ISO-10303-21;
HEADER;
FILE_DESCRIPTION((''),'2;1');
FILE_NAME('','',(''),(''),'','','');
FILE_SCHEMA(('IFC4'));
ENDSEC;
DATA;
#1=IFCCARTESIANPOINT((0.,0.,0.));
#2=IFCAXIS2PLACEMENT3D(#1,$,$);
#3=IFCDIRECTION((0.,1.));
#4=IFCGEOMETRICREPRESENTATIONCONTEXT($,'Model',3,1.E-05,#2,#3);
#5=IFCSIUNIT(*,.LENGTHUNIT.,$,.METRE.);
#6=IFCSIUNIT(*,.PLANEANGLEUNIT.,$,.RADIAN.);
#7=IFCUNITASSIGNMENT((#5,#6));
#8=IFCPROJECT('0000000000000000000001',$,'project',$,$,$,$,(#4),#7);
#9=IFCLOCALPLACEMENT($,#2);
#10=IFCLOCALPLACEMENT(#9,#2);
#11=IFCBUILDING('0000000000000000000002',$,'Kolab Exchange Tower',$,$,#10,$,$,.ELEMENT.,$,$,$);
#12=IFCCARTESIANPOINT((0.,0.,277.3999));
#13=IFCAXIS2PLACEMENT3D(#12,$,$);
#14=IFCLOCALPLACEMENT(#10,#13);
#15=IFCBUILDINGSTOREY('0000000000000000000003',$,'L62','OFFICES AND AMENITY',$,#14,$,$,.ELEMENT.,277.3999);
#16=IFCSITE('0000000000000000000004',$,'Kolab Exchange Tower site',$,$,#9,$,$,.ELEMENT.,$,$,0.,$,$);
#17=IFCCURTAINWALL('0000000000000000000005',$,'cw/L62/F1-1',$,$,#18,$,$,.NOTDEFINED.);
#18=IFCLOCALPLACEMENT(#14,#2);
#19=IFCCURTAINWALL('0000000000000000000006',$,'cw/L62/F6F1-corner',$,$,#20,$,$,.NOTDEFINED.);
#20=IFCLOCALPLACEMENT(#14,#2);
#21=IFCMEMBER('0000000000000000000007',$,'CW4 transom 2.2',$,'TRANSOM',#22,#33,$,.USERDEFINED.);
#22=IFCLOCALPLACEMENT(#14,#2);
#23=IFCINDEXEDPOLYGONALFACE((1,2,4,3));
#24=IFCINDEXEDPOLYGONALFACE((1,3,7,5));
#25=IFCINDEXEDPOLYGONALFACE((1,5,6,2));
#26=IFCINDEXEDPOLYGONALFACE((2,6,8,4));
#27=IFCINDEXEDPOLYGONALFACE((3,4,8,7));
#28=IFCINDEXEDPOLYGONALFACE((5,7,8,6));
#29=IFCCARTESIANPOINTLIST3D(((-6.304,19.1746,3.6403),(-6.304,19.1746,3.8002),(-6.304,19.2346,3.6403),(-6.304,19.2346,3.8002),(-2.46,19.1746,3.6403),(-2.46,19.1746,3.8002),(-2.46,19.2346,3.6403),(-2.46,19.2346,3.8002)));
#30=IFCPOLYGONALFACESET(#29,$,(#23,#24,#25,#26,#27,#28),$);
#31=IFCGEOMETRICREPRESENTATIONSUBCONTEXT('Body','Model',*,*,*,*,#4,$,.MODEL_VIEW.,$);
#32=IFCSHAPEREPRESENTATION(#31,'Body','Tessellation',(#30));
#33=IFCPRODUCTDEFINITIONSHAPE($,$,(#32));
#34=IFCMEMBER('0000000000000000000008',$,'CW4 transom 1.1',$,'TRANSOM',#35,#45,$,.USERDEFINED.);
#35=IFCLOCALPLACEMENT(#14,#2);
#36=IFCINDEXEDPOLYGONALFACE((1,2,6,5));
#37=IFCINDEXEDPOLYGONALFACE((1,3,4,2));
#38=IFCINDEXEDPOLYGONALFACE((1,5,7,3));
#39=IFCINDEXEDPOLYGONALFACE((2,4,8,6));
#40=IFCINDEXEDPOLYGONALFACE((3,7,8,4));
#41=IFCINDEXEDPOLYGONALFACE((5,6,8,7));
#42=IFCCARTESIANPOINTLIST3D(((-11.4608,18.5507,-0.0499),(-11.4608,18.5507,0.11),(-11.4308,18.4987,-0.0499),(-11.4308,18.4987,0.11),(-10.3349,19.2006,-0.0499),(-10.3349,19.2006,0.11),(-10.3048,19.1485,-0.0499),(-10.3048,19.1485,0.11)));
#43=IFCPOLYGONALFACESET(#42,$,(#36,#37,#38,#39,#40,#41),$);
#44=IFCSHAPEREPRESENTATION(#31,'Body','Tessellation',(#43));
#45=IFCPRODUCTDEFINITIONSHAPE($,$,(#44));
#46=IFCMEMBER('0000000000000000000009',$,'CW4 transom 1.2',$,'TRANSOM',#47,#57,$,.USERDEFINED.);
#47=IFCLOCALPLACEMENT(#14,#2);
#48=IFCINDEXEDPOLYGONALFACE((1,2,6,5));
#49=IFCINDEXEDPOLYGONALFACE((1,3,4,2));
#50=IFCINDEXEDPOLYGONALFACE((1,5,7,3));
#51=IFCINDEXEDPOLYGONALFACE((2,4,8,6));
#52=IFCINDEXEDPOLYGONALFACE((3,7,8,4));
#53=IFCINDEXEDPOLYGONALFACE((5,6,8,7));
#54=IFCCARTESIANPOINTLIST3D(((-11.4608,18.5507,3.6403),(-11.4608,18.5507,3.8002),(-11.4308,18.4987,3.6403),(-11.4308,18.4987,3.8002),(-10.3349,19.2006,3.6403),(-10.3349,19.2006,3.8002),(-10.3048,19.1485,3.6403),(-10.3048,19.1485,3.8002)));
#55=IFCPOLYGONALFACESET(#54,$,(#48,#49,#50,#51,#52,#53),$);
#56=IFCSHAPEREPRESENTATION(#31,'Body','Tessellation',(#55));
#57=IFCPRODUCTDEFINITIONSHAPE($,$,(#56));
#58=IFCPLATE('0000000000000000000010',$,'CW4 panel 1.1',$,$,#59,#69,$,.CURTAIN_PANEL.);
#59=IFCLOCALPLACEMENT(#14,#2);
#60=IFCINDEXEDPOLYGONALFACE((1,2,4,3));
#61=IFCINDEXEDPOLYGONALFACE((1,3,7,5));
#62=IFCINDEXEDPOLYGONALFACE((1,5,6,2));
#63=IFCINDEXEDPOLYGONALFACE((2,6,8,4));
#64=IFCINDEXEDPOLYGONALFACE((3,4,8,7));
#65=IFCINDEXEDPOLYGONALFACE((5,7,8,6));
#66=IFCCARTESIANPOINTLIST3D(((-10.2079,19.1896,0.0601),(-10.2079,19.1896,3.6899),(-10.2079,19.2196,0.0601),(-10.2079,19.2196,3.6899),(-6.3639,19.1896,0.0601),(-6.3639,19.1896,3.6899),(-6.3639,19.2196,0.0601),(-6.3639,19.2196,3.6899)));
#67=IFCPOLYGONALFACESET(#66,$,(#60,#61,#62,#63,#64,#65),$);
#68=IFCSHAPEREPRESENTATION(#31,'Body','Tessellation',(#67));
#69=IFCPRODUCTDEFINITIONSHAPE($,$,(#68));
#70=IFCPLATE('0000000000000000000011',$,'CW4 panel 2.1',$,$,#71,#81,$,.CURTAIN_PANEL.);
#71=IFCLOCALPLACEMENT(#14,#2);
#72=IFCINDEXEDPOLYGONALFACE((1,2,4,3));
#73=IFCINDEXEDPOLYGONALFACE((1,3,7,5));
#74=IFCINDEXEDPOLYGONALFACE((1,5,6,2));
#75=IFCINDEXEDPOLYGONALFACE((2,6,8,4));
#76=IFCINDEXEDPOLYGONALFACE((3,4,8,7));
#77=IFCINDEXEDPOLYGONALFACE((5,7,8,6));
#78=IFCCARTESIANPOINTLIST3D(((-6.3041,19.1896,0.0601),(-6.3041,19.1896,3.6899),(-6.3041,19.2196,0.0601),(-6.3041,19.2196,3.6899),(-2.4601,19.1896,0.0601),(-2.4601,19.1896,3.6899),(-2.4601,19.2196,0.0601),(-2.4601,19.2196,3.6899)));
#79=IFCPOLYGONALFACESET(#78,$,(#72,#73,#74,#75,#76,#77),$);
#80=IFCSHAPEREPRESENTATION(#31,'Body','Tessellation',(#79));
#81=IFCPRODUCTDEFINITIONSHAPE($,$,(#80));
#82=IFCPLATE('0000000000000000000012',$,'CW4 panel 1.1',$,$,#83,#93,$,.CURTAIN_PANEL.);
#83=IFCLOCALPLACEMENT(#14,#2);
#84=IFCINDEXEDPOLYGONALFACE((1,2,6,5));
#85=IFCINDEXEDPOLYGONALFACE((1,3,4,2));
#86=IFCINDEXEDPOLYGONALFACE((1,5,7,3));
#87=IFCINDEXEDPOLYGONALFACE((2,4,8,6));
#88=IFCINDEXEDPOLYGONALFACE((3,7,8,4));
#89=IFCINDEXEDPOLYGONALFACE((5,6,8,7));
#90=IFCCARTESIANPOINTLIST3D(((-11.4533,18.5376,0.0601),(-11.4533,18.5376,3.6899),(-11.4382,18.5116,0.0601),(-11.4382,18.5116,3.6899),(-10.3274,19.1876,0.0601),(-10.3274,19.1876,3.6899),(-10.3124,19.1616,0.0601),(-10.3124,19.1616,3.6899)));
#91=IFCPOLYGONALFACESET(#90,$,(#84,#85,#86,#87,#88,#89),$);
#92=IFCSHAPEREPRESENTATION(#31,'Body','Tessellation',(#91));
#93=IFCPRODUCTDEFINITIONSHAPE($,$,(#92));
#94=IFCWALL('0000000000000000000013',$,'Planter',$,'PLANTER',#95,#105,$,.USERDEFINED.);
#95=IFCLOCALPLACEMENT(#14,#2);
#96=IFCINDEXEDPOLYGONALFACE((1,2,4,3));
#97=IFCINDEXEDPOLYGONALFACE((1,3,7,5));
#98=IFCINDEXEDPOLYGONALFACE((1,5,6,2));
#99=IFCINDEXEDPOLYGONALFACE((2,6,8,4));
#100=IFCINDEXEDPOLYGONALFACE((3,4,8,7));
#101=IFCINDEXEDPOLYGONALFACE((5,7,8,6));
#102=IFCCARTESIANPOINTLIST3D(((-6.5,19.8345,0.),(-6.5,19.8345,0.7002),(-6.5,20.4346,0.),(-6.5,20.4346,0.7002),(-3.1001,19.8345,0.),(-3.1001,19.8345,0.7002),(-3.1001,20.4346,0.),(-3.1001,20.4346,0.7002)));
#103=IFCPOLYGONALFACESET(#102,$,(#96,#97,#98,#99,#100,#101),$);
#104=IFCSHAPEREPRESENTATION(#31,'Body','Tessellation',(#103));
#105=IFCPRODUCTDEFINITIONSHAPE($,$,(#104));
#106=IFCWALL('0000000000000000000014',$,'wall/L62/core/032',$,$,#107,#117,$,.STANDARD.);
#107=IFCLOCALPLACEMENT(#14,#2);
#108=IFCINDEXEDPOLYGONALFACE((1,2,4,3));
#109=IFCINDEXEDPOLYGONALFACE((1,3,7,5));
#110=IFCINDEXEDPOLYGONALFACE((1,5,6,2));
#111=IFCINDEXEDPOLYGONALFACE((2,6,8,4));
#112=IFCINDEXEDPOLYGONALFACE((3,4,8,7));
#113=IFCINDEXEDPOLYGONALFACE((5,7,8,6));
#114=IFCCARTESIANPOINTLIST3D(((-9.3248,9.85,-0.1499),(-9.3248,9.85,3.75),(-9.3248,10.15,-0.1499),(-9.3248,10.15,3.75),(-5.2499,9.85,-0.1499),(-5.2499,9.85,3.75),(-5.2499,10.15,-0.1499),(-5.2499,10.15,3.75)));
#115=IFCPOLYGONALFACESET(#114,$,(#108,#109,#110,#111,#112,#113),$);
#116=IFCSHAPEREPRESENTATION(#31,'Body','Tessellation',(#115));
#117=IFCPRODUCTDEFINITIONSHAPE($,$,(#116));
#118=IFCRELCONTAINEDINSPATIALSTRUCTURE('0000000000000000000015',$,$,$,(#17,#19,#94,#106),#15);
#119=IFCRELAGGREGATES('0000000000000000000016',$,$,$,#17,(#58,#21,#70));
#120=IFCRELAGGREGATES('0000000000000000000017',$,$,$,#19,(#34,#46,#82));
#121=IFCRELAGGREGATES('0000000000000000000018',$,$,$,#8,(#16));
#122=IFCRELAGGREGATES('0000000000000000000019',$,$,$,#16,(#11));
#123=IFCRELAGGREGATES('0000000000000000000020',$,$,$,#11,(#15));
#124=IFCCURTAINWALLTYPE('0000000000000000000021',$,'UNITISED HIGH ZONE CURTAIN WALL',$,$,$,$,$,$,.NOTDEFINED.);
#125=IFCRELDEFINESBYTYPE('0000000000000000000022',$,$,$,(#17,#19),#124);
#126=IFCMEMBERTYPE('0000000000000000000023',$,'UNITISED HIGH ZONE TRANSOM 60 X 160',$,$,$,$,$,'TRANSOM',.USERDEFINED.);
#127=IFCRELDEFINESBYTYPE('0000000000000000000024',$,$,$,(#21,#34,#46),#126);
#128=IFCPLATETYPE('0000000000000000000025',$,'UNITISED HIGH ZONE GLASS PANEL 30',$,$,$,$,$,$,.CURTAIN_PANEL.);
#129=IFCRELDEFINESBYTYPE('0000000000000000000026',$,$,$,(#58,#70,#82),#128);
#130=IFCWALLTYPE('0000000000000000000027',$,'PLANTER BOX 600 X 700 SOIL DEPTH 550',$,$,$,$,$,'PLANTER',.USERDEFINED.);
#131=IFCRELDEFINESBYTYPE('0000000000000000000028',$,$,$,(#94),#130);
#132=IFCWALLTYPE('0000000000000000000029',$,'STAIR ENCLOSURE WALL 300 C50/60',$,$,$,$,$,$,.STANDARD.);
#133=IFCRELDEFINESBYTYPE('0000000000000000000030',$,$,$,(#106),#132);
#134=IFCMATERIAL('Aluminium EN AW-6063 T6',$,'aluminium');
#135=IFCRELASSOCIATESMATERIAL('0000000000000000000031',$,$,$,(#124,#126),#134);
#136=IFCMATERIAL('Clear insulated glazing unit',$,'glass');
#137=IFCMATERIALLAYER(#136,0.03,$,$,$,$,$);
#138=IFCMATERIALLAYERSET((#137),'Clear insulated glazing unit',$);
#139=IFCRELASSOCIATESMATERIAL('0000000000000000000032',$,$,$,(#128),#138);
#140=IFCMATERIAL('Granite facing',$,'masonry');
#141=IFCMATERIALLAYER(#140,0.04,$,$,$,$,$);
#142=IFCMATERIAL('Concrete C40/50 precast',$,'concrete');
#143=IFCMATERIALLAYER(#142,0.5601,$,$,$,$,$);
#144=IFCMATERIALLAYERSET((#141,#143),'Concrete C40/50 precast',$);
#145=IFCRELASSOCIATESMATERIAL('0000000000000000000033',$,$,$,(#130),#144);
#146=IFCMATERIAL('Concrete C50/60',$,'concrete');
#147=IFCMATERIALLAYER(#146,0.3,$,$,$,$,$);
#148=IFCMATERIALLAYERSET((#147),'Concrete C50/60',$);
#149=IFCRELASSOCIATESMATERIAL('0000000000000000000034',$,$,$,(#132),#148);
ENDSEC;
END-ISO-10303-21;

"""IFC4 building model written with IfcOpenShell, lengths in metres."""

from ifc_helpers import new_model, si_unit, direction, frame, frame_2d, origin, origin_2d, place, context, subcontext, project, spatial, rectangle, extrude, material, layer, layer_set, material_profile, profile_set, type_object, element, aggregate, save


model = new_model("IFC4")

# Units and contexts
model_context = context("Model", 3, precision=1e-05, world=origin(), true_north=direction((0.0, 1.0)))
body_context = subcontext(model_context, "Body", "Model", "MODEL_VIEW")
ifc_project = project(units=[si_unit("LENGTHUNIT", "METRE"), si_unit("PLANEANGLEUNIT", "RADIAN")], contexts=[model_context])

# Site, building, storey
site_placement = place(None, origin())
site = spatial("IfcSite", under=ifc_project, at=site_placement, Name="Kolab Exchange Tower site", CompositionType="ELEMENT", RefElevation=0.0)
building_placement = place(site_placement, origin())
building = spatial("IfcBuilding", under=site, at=building_placement, Name="Kolab Exchange Tower", CompositionType="ELEMENT")
storey_placement = place(building_placement, frame((0.0, 0.0, 277.3999)))
storey = spatial("IfcBuildingStorey", under=building, at=storey_placement, Name="L62", Description="OFFICES AND AMENITY", CompositionType="ELEMENT", Elevation=277.3999)

# Shared definitions
ifc_material_1 = material(Name="Concrete C50/60", Category="concrete")

# Curtain walls
ifc_material_2 = material(Name="Aluminium EN AW-6063 T6", Category="aluminium")
curtain_wall_type = type_object("IfcCurtainWallType", Name="UNITISED HIGH ZONE CURTAIN WALL", PredefinedType="NOTDEFINED", material=ifc_material_2)
curtain_wall_1_placement = place(storey_placement, origin())
curtain_wall_1 = element("IfcCurtainWall", 1, at=curtain_wall_1_placement, inside=storey, type_object=curtain_wall_type, Name="cw/L62/F1-1", PredefinedType="NOTDEFINED")
curtain_wall_2_placement = place(storey_placement, origin())
curtain_wall_2 = element("IfcCurtainWall", 2, at=curtain_wall_2_placement, inside=storey, type_object=curtain_wall_type, Name="cw/L62/F6F1-corner", PredefinedType="NOTDEFINED")

# Members
ifc_material_profile_1 = material_profile(ifc_material_2, rectangle(XDim=0.0601, YDim=0.1599, at=origin_2d()), Name="RECT 60X160")
ifc_profile_set_1 = profile_set([ifc_material_profile_1], Name="Aluminium EN AW-6063 T6")
member_type_1 = type_object("IfcMemberType", Name="UNITISED HIGH ZONE TRANSOM 60 X 160", ElementType="TRANSOM", PredefinedType="USERDEFINED", material=ifc_profile_set_1)
member_1_placement = place(storey_placement, frame((-6.304, 19.2046, 3.7202), z_axis=(1.0, 0.0, 0.0), x_axis=(0.0, 1.0, 0.0)))
member_1 = element("IfcMember", 3, at=member_1_placement, type_object=member_type_1, Name="CW4 transom 2.2", ObjectType="TRANSOM", PredefinedType="USERDEFINED", context=body_context, shape_type="SweptSolid", body=[
    extrude(rectangle(XDim=0.0601, YDim=0.1599, at=origin_2d()), origin(), (0.0, 0.0, 1.0), 3.844),
])
member_2_placement = place(storey_placement, frame((-11.4458, 18.5247, 0.03), z_axis=(0.866086, 0.499896, 0.0), x_axis=(-0.499896, 0.866086, 0.0)))
member_2 = element("IfcMember", 4, at=member_2_placement, type_object=member_type_1, Name="CW4 transom 1.1", ObjectType="TRANSOM", PredefinedType="USERDEFINED", context=body_context, shape_type="SweptSolid", body=[
    extrude(rectangle(XDim=0.0601, YDim=0.1599, at=origin_2d()), origin(), (0.0, 0.0, 1.0), 1.3),
])
member_3_placement = place(storey_placement, frame((-11.4458, 18.5247, 3.7202), z_axis=(0.866086, 0.499896, 0.0), x_axis=(-0.499896, 0.866086, 0.0)))
member_3 = element("IfcMember", 5, at=member_3_placement, type_object=member_type_1, Name="CW4 transom 1.2", ObjectType="TRANSOM", PredefinedType="USERDEFINED", context=body_context, shape_type="SweptSolid", body=[
    extrude(rectangle(XDim=0.0601, YDim=0.1599, at=origin_2d()), origin(), (0.0, 0.0, 1.0), 1.3),
])

# Plates
ifc_material_3 = material(Name="Clear insulated glazing unit", Category="glass")
ifc_layer_1 = layer(ifc_material_3, 0.03)
ifc_layer_set_1 = layer_set([ifc_layer_1], Name="Clear insulated glazing unit")
plate_type = type_object("IfcPlateType", Name="UNITISED HIGH ZONE GLASS PANEL 30", PredefinedType="CURTAIN_PANEL", material=ifc_layer_set_1)
plate_1_placement = place(storey_placement, frame((-8.2859, 19.2046, 0.0601), z_axis=(0.0, 0.0, 1.0), x_axis=(1.0, 0.0, 0.0)))
plate_1 = element("IfcPlate", 6, at=plate_1_placement, type_object=plate_type, Name="CW4 panel 1.1", PredefinedType="CURTAIN_PANEL", context=body_context, shape_type="SweptSolid", body=[
    extrude(rectangle(XDim=3.844, YDim=0.03, at=origin_2d()), origin(), (0.0, 0.0, 1.0), 3.6299),
])
plate_2_placement = place(storey_placement, frame((-4.3821, 19.2046, 0.0601), z_axis=(0.0, 0.0, 1.0), x_axis=(1.0, 0.0, 0.0)))
plate_2 = element("IfcPlate", 7, at=plate_2_placement, type_object=plate_type, Name="CW4 panel 2.1", PredefinedType="CURTAIN_PANEL", context=body_context, shape_type="SweptSolid", body=[
    extrude(rectangle(XDim=3.844, YDim=0.03, at=origin_2d()), origin(), (0.0, 0.0, 1.0), 3.6299),
])
aggregate(curtain_wall_1, [plate_1, member_1, plate_2])
plate_3_placement = place(storey_placement, frame((-10.8828, 18.8496, 0.0601), z_axis=(0.0, 0.0, 1.0), x_axis=(0.866025, 0.5, 0.0)))
plate_3 = element("IfcPlate", 8, at=plate_3_placement, type_object=plate_type, Name="CW4 panel 1.1", PredefinedType="CURTAIN_PANEL", context=body_context, shape_type="SweptSolid", body=[
    extrude(rectangle(XDim=1.3, YDim=0.03, at=origin_2d()), origin(), (0.0, 0.0, 1.0), 3.6299),
])
aggregate(curtain_wall_2, [member_2, member_3, plate_3])

# Walls
ifc_material_4 = material(Name="Granite facing", Category="masonry")
ifc_layer_2 = layer(ifc_material_4, 0.04)
ifc_material_5 = material(Name="Concrete C40/50 precast", Category="concrete")
ifc_layer_3 = layer(ifc_material_5, 0.5601)
ifc_layer_set_2 = layer_set([ifc_layer_2, ifc_layer_3], Name="Concrete C40/50 precast")
wall_type_1 = type_object("IfcWallType", Name="PLANTER BOX 600 X 700 SOIL DEPTH 550", ElementType="PLANTER", PredefinedType="USERDEFINED", material=ifc_layer_set_2)
wall_1_placement = place(storey_placement, frame((-6.5, 20.1345, 0.0), z_axis=(0.0, 0.0, 1.0), x_axis=(1.0, 0.0, 0.0)))
element("IfcWall", 9, at=wall_1_placement, inside=storey, type_object=wall_type_1, Name="Planter", ObjectType="PLANTER", PredefinedType="USERDEFINED", context=body_context, shape_type="SweptSolid", body=[
    extrude(rectangle(XDim=3.3999, YDim=0.6001, at=frame_2d((1.7, 0.0))), origin(), (0.0, 0.0, 1.0), 0.7002),
])
ifc_layer_4 = layer(ifc_material_1, 0.3)
ifc_layer_set_3 = layer_set([ifc_layer_4], Name="Concrete C50/60")
wall_type_2 = type_object("IfcWallType", Name="STAIR ENCLOSURE WALL 300 C50/60", PredefinedType="STANDARD", material=ifc_layer_set_3)
wall_2_placement = place(storey_placement, frame((-9.325, 10.0, -0.1499), z_axis=(0.0, 0.0, 1.0), x_axis=(1.0, 0.0, 0.0)))
element("IfcWall", 10, at=wall_2_placement, inside=storey, type_object=wall_type_2, Name="wall/L62/core/032", PredefinedType="STANDARD", context=body_context, shape_type="SweptSolid", body=[
    extrude(rectangle(XDim=4.075, YDim=0.3, at=frame_2d((2.0376, 0.0))), origin(), (0.0, 0.0, 1.0), 3.8999),
])

save(model, "model.ifc")
